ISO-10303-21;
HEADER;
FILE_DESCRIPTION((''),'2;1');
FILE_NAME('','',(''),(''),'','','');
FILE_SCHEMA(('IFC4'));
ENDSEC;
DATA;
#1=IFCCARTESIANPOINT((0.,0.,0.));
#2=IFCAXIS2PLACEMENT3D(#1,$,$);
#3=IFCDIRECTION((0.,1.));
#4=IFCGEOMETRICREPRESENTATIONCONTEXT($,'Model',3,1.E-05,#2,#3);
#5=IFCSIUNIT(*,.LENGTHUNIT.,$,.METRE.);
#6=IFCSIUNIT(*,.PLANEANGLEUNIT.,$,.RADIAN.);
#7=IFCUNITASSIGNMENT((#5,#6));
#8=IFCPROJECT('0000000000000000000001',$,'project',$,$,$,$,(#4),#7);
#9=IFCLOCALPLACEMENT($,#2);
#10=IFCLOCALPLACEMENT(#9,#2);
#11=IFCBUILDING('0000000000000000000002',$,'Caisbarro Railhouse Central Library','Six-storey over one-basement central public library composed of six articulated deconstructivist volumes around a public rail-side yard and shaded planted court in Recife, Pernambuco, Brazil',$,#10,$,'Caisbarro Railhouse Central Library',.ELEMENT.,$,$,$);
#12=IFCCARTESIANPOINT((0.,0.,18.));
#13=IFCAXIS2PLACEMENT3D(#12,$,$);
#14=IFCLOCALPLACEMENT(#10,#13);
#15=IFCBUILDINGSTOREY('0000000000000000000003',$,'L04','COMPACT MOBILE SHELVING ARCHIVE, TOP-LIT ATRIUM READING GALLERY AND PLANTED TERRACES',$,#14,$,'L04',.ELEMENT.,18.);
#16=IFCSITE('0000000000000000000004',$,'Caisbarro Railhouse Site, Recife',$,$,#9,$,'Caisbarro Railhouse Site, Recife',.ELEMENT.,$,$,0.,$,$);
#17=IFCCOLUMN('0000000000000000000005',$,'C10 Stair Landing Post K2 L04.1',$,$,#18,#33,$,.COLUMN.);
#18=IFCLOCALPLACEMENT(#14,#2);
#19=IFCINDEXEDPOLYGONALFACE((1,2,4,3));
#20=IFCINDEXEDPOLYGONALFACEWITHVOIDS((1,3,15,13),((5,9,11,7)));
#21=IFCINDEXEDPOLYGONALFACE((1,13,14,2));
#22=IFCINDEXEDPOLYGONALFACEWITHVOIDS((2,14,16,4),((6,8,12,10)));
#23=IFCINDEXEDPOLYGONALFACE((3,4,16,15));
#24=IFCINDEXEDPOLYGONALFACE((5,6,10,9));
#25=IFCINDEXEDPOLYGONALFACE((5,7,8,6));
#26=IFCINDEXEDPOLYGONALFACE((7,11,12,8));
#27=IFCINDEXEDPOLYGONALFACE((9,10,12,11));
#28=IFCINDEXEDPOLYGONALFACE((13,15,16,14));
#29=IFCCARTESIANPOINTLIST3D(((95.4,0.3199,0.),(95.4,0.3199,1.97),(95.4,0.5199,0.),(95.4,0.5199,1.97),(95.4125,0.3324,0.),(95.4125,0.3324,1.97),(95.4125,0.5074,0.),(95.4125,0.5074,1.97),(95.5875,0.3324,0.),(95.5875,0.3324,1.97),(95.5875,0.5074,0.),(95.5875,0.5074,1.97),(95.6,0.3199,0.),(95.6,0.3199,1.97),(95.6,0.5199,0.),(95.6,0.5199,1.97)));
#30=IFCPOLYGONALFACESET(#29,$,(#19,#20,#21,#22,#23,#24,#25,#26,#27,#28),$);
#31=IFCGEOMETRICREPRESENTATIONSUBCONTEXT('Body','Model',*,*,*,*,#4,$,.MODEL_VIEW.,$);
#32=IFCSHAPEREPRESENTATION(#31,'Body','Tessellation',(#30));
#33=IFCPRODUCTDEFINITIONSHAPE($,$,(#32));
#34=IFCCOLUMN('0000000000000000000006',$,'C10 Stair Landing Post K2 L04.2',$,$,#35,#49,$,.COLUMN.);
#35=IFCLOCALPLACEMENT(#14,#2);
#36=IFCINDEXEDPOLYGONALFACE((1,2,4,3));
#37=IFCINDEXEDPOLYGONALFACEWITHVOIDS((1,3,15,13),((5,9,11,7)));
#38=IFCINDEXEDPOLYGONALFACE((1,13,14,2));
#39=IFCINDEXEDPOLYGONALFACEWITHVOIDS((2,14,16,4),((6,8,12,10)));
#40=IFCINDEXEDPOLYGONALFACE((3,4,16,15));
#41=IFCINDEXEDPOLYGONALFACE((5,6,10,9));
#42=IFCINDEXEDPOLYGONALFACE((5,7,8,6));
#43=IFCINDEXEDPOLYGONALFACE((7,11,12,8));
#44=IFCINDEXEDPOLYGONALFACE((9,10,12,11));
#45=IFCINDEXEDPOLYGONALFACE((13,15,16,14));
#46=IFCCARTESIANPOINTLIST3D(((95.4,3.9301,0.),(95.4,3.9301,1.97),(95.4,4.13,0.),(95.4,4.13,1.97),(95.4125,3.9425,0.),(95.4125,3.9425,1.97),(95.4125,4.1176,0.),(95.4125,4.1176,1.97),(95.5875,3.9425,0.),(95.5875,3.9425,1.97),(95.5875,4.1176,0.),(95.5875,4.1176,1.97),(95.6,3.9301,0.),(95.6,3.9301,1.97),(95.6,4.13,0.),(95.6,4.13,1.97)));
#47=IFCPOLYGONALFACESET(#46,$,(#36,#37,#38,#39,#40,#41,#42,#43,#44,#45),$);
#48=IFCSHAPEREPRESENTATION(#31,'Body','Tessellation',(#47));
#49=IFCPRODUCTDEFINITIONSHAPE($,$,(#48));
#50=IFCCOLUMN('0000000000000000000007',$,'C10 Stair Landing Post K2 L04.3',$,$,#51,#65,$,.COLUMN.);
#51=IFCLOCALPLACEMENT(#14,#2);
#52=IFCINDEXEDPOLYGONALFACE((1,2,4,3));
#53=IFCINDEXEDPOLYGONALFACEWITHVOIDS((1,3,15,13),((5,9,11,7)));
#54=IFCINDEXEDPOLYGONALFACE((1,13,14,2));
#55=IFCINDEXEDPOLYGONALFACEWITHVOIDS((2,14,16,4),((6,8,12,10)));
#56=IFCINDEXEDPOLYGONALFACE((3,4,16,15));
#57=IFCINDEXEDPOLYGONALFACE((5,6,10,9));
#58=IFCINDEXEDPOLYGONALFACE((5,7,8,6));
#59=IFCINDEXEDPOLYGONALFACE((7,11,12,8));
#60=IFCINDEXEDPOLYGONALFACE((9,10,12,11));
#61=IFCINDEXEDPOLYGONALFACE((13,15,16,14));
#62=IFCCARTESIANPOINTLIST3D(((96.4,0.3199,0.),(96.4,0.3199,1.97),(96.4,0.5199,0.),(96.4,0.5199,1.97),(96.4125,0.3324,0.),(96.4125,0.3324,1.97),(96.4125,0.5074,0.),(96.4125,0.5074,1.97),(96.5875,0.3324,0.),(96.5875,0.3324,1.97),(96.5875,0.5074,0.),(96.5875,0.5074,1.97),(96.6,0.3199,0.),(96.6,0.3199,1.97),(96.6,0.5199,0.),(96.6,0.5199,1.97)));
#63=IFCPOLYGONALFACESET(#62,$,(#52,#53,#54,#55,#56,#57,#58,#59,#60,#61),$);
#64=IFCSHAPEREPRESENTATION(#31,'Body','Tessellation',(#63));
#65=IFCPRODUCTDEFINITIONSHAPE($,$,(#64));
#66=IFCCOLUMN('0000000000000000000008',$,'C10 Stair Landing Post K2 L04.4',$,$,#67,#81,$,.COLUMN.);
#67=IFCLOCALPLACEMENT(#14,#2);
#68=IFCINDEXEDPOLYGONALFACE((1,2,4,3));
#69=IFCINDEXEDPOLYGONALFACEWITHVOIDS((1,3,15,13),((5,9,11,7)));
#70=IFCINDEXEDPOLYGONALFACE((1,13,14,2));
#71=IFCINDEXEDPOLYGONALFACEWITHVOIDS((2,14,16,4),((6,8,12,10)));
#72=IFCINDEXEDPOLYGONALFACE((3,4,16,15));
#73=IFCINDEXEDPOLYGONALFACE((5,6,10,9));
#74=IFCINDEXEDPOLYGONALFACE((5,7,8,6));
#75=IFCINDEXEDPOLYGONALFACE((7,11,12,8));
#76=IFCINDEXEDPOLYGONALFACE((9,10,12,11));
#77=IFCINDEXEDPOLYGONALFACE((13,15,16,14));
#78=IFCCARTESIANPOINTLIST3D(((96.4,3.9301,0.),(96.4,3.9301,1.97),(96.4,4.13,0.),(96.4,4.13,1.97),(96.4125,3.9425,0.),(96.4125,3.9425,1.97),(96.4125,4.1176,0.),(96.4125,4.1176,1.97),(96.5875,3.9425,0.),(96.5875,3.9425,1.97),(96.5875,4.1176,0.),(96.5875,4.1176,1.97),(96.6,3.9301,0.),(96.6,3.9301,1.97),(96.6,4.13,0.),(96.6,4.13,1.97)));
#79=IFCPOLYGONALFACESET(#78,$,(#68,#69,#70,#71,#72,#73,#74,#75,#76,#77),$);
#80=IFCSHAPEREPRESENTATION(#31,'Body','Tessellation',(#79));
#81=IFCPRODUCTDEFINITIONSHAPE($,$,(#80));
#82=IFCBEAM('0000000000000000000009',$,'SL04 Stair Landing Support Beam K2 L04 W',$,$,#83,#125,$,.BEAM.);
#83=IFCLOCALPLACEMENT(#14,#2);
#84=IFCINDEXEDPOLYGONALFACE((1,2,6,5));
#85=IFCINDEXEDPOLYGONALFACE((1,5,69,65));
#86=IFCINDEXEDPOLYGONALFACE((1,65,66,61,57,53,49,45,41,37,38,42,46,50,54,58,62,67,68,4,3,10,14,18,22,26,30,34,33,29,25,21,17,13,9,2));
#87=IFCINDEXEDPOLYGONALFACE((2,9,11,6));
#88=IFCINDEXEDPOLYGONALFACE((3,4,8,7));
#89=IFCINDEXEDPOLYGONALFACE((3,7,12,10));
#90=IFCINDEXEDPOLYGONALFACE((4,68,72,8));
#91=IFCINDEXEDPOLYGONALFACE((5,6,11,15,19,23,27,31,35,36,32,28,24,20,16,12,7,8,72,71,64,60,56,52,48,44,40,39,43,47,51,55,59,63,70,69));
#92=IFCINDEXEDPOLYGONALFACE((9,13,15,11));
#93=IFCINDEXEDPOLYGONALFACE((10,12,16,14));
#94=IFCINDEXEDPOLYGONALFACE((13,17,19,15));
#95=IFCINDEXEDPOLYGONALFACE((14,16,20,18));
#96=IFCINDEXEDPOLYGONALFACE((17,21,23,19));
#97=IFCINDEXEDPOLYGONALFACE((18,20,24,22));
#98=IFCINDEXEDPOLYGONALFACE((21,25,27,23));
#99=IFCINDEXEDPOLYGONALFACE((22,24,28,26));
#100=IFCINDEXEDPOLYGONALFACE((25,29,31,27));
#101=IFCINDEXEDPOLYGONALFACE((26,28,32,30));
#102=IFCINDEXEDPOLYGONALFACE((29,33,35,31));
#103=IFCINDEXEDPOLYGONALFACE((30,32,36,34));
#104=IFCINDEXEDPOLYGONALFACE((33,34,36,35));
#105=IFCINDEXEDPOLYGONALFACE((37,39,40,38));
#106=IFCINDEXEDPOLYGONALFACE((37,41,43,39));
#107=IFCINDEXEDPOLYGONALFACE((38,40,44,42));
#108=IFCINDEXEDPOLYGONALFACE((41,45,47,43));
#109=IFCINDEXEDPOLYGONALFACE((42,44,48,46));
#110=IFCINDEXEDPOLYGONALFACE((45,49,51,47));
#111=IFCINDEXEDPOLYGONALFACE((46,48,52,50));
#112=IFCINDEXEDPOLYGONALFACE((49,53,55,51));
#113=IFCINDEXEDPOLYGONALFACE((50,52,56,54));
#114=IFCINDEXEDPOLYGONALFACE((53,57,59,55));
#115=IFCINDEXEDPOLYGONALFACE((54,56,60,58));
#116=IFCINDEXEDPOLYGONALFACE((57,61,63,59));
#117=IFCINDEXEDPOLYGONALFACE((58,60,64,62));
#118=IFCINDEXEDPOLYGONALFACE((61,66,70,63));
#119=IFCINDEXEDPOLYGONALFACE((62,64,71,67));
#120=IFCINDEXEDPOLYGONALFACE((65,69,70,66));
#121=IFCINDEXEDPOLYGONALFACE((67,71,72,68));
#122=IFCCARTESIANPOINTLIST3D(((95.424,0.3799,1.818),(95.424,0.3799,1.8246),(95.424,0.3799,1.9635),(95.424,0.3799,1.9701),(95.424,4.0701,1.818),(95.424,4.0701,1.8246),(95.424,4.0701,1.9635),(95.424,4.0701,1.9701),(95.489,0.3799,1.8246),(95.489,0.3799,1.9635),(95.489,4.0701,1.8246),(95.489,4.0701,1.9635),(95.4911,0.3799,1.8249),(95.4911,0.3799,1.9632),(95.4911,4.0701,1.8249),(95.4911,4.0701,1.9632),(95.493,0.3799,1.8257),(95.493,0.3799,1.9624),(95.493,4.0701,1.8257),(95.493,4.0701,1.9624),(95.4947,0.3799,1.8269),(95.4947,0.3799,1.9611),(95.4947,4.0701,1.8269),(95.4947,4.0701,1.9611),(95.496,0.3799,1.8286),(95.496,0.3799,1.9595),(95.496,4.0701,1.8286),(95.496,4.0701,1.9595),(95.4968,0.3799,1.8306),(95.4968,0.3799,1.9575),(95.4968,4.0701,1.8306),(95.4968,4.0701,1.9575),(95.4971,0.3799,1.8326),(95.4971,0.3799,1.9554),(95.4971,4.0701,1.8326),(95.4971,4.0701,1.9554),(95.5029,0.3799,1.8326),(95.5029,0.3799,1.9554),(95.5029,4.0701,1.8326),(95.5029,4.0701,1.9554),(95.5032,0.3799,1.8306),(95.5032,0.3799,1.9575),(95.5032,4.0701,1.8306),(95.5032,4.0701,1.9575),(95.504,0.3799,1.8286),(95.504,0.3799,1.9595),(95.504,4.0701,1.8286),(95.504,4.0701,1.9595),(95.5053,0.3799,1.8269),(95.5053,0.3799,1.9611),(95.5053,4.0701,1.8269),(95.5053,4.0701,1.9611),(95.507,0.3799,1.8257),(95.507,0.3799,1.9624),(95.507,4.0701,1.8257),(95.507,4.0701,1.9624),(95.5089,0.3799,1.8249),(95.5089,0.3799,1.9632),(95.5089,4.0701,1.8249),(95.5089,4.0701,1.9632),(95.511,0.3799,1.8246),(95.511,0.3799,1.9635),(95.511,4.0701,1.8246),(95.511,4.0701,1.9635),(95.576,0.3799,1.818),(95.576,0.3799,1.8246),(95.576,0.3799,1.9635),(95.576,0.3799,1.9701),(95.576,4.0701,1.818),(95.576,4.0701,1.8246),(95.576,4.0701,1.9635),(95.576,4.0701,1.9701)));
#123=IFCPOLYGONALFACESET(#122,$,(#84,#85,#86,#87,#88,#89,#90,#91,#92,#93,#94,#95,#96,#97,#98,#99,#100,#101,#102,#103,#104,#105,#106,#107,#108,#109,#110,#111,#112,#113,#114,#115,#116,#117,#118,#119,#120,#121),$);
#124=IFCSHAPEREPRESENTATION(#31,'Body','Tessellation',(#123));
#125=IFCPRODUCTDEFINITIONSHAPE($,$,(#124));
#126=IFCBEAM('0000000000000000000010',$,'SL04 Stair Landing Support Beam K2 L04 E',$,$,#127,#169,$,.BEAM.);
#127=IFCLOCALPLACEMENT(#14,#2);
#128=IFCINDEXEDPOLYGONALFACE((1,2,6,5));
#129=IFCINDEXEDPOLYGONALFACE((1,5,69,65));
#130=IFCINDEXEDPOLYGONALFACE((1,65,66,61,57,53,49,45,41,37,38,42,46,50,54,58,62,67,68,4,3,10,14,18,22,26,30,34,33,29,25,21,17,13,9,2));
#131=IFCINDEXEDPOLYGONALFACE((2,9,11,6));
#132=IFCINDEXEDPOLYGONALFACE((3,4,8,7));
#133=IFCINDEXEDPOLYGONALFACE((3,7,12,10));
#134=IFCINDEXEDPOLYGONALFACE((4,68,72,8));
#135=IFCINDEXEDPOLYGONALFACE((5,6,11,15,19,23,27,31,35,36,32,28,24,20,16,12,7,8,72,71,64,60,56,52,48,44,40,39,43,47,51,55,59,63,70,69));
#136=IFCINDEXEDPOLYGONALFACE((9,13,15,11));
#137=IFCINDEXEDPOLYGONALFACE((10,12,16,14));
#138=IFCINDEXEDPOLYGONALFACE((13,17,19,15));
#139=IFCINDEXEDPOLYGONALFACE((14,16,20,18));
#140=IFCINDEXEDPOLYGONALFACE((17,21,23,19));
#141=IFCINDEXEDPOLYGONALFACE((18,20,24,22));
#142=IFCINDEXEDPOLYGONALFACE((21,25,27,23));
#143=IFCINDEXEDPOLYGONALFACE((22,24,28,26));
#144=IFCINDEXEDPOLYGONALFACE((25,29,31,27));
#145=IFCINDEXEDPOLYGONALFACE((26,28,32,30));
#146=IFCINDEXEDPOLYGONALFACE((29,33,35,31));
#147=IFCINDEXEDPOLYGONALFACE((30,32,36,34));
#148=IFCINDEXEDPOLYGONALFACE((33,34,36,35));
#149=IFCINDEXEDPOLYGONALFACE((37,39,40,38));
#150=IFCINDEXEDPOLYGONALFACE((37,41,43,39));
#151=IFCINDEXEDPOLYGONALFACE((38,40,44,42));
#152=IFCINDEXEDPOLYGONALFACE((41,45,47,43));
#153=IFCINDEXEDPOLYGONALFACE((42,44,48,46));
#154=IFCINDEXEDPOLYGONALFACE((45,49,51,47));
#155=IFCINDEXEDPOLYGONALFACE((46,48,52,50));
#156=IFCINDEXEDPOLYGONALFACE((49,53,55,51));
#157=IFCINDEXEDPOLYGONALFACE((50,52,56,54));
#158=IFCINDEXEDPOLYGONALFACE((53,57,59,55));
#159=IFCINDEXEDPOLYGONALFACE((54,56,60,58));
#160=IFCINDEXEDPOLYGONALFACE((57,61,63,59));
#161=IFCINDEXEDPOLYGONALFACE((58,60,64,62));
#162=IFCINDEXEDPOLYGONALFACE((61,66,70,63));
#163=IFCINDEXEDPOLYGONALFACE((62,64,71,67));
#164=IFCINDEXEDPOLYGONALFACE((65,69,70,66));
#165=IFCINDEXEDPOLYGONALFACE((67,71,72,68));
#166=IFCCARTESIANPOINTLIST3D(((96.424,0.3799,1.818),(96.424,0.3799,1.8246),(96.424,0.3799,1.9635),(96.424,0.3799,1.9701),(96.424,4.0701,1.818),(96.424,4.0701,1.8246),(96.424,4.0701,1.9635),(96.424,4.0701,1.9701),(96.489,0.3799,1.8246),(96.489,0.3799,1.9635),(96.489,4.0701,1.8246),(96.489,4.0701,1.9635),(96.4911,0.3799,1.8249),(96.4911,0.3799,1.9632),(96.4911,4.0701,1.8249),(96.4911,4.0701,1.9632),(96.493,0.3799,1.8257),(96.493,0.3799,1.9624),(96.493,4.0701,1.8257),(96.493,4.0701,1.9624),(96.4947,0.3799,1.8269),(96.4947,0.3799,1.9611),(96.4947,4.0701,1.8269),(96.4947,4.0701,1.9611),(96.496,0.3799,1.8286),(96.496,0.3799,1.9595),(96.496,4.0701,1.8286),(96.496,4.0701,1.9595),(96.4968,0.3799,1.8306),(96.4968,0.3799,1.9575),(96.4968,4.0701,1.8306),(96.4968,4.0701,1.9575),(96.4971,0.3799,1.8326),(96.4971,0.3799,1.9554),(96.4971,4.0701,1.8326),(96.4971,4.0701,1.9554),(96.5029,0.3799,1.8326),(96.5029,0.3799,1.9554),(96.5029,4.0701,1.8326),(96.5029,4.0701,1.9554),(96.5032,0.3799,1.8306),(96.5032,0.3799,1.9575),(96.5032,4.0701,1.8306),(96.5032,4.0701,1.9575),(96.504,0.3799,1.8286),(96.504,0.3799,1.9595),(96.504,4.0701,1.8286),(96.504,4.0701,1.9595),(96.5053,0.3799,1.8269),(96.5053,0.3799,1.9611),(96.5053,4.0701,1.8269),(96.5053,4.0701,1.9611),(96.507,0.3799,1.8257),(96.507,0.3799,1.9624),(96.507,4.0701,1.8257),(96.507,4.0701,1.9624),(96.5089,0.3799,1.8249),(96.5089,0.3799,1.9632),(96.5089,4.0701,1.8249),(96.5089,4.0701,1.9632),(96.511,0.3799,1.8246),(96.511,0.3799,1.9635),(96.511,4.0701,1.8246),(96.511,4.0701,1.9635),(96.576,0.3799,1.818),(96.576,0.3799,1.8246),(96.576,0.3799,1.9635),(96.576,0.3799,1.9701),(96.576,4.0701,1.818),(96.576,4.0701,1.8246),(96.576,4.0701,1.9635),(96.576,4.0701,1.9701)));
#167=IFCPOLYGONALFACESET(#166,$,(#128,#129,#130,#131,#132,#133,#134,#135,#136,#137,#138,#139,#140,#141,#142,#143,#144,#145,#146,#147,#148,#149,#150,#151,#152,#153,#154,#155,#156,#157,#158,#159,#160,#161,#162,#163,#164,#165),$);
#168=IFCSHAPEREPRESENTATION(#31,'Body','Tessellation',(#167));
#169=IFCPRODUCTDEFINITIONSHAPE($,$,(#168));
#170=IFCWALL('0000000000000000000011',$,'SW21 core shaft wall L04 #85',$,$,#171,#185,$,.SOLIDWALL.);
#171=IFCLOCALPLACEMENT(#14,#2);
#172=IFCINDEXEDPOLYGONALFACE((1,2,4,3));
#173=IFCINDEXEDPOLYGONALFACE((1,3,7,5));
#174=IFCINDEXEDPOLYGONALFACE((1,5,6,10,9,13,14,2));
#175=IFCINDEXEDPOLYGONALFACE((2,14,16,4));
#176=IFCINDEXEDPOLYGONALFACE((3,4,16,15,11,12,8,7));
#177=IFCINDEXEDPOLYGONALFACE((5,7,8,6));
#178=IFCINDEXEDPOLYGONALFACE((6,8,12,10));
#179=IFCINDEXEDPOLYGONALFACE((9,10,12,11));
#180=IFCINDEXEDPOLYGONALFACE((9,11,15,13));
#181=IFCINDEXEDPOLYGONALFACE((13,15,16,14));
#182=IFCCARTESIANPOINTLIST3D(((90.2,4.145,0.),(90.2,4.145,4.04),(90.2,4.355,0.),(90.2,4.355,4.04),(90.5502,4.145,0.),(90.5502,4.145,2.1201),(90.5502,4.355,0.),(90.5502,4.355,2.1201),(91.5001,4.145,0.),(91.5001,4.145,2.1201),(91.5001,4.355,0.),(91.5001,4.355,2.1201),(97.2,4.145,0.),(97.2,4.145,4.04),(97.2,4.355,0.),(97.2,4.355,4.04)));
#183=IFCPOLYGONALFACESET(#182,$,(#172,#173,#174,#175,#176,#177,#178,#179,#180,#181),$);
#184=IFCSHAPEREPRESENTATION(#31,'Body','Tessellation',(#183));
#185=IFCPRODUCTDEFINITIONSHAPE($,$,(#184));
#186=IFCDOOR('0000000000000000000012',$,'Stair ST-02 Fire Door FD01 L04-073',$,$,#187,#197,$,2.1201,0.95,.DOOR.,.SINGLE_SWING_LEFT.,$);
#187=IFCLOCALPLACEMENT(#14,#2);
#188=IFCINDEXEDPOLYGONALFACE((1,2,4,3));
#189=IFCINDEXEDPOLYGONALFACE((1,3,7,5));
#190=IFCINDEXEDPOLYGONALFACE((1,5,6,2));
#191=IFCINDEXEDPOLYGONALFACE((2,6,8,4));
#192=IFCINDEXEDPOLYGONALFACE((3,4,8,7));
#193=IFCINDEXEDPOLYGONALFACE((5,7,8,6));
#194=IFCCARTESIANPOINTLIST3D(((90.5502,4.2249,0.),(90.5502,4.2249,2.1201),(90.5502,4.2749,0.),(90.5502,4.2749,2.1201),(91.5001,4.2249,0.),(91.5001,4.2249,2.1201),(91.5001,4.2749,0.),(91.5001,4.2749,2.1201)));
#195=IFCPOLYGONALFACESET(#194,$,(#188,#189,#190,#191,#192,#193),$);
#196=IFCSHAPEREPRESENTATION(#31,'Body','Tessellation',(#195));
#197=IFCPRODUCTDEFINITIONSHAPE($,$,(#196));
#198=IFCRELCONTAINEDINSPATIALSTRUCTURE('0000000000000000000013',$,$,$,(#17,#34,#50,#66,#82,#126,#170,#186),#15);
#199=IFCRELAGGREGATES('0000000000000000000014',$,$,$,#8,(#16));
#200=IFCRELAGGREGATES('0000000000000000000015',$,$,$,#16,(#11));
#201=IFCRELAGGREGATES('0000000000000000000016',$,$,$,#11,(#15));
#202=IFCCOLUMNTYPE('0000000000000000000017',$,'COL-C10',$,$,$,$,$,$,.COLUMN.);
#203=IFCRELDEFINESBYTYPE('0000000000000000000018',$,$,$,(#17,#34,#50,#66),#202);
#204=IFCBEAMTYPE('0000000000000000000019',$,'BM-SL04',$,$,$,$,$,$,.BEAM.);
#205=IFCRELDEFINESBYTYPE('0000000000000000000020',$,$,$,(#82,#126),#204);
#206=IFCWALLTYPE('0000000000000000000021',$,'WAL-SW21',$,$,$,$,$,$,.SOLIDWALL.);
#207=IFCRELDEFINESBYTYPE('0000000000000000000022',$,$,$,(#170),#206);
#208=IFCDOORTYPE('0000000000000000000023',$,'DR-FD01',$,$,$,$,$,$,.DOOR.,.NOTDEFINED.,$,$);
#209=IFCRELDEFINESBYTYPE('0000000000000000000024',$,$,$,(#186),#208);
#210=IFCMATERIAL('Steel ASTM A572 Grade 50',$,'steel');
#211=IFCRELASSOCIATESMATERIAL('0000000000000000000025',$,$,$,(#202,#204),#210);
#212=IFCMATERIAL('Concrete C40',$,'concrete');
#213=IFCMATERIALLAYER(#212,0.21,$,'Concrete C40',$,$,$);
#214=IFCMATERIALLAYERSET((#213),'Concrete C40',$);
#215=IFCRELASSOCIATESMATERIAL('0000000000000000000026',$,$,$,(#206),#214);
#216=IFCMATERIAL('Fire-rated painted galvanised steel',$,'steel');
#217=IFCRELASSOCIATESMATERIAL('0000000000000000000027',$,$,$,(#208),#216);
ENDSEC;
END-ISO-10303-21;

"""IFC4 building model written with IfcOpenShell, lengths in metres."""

from ifc_helpers import new_model, si_unit, direction, frame, frame_2d, origin, origin_2d, place, context, subcontext, project, spatial, rectangle, hollow_rectangle, i_section, extrude, material, layer, layer_set, material_profile, profile_set, type_object, element, fill, save


model = new_model("IFC4")

# Units and contexts
model_context = context("Model", 3, precision=1e-05, world=origin(), true_north=direction((0.0, 1.0)))
body_context = subcontext(model_context, "Body", "Model", "MODEL_VIEW")
ifc_project = project(units=[si_unit("LENGTHUNIT", "METRE"), si_unit("PLANEANGLEUNIT", "RADIAN")], contexts=[model_context])

# Site, building, storey
site_placement = place(None, origin())
site = spatial("IfcSite", under=ifc_project, at=site_placement, Name="Caisbarro Railhouse Site, Recife", LongName="Caisbarro Railhouse Site, Recife", CompositionType="ELEMENT", RefElevation=0.0)
building_placement = place(site_placement, origin())
building = spatial("IfcBuilding", under=site, at=building_placement, Name="Caisbarro Railhouse Central Library", Description="Six-storey over one-basement central public library composed of six articulated deconstructivist volumes around a public rail-side yard and shaded planted court in Recife, Pernambuco, Brazil", LongName="Caisbarro Railhouse Central Library", CompositionType="ELEMENT")
storey_placement = place(building_placement, frame((0.0, 0.0, 18.0)))
storey = spatial("IfcBuildingStorey", under=building, at=storey_placement, Name="L04", Description="COMPACT MOBILE SHELVING ARCHIVE, TOP-LIT ATRIUM READING GALLERY AND PLANTED TERRACES", LongName="L04", CompositionType="ELEMENT", Elevation=18.0)

# Columns
ifc_material_1 = material(Name="Steel ASTM A572 Grade 50", Category="steel")
ifc_material_profile_1 = material_profile(ifc_material_1, hollow_rectangle(XDim=0.2, YDim=0.2, WallThickness=0.0125, at=origin_2d()), Name="HSS200X200X12.5")
ifc_profile_set_1 = profile_set([ifc_material_profile_1], Name="Steel ASTM A572 Grade 50")
column_type = type_object("IfcColumnType", Name="COL-C10", PredefinedType="COLUMN", material=ifc_profile_set_1)
for number, where, z_axis, x_axis, name in (
    (1, (95.5, 0.4199, 0.0), (0.0, 0.0, 1.0), (1.0, 0.0, 0.0), "C10 Stair Landing Post K2 L04.1"),
    (2, (95.5, 4.03, 0.0), (0.0, 0.0, 1.0), (1.0, 0.0, 0.0), "C10 Stair Landing Post K2 L04.2"),
    (3, (96.5, 0.4199, 0.0), (0.0, 0.0, 1.0), (1.0, 0.0, 0.0), "C10 Stair Landing Post K2 L04.3"),
    (4, (96.5, 4.03, 0.0), (0.0, 0.0, 1.0), (1.0, 0.0, 0.0), "C10 Stair Landing Post K2 L04.4"),
):
    element("IfcColumn", number, at=place(storey_placement, frame(where, z_axis=z_axis, x_axis=x_axis)), inside=storey, type_object=column_type, Name=name, PredefinedType="COLUMN", context=body_context, shape_type="SweptSolid", body=[
        extrude(hollow_rectangle(XDim=0.2, YDim=0.2, WallThickness=0.0125, at=origin_2d()), origin(), (0.0, 0.0, 1.0), 1.97),
    ])

# Beams
ifc_material_profile_2 = material_profile(ifc_material_1, i_section(OverallWidth=0.1521, OverallDepth=0.1521, WebThickness=0.0059, FlangeThickness=0.0066, FilletRadius=0.0081, at=origin_2d()), Name="W150X22.5")
ifc_profile_set_2 = profile_set([ifc_material_profile_2], Name="Steel ASTM A572 Grade 50")
beam_type = type_object("IfcBeamType", Name="BM-SL04", PredefinedType="BEAM", material=ifc_profile_set_2)
for number, where, z_axis, x_axis, name in (
    (5, (95.5, 0.3799, 1.894), (0.0, 1.0, 0.0), (-1.0, 0.0, 0.0), "SL04 Stair Landing Support Beam K2 L04 W"),
    (6, (96.5, 0.3799, 1.894), (0.0, 1.0, 0.0), (-1.0, 0.0, 0.0), "SL04 Stair Landing Support Beam K2 L04 E"),
):
    element("IfcBeam", number, at=place(storey_placement, frame(where, z_axis=z_axis, x_axis=x_axis)), inside=storey, type_object=beam_type, Name=name, PredefinedType="BEAM", context=body_context, shape_type="SweptSolid", body=[
        extrude(i_section(OverallWidth=0.1521, OverallDepth=0.1521, WebThickness=0.0059, FlangeThickness=0.0066, FilletRadius=0.0081, at=origin_2d()), origin(), (0.0, 0.0, 1.0), 3.6902),
    ])

# Wall, opening, door
ifc_material_2 = material(Name="Concrete C40", Category="concrete")
ifc_layer_1 = layer(ifc_material_2, 0.21, Name="Concrete C40")
ifc_layer_set_1 = layer_set([ifc_layer_1], Name="Concrete C40")
wall_type = type_object("IfcWallType", Name="WAL-SW21", PredefinedType="SOLIDWALL", material=ifc_layer_set_1)
wall_1_placement = place(storey_placement, frame((90.2, 4.25, 0.0), z_axis=(0.0, 0.0, 1.0), x_axis=(1.0, 0.0, 0.0)))
wall_1 = element("IfcWall", 7, at=wall_1_placement, inside=storey, type_object=wall_type, Name="SW21 core shaft wall L04 #85", PredefinedType="SOLIDWALL", context=body_context, shape_type="SweptSolid", body=[
    extrude(rectangle(XDim=7.0, YDim=0.21, at=frame_2d((3.5, 0.0))), origin(), (0.0, 0.0, 1.0), 4.04),
])
opening_1_placement = place(wall_1_placement, frame((0.3501, 0.0, 0.0)))
opening_1 = element("IfcOpeningElement", 8, at=opening_1_placement, cuts=wall_1, PredefinedType="OPENING", context=body_context, shape_type="SweptSolid", body=[
    extrude(rectangle(XDim=0.95, YDim=2.1201, at=frame_2d((0.4751, 1.0601))), frame((0.0, 0.115, 0.0), z_axis=(0.0, -1.0, 0.0), x_axis=(1.0, 0.0, 0.0)), (0.0, 0.0, 1.0), 0.23),
])
ifc_material_3 = material(Name="Fire-rated painted galvanised steel", Category="steel")
door_type_1 = type_object("IfcDoorType", Name="DR-FD01", OperationType="NOTDEFINED", PredefinedType="DOOR", material=ifc_material_3)
door_1_placement = place(opening_1_placement, origin())
door_1 = element("IfcDoor", 9, at=door_1_placement, inside=storey, type_object=door_type_1, Name="Stair ST-02 Fire Door FD01 L04-073", OperationType="SINGLE_SWING_LEFT", OverallHeight=2.1201, OverallWidth=0.95, PredefinedType="DOOR", context=body_context, shape_type="SweptSolid", body=[
    extrude(rectangle(XDim=0.95, YDim=2.1201, at=frame_2d((0.4751, 1.0601))), frame((0.0, 0.0249, 0.0), z_axis=(0.0, -1.0, 0.0), x_axis=(1.0, 0.0, 0.0)), (0.0, 0.0, 1.0), 0.05),
])
fill(opening_1, door_1)

save(model, "model.ifc")
